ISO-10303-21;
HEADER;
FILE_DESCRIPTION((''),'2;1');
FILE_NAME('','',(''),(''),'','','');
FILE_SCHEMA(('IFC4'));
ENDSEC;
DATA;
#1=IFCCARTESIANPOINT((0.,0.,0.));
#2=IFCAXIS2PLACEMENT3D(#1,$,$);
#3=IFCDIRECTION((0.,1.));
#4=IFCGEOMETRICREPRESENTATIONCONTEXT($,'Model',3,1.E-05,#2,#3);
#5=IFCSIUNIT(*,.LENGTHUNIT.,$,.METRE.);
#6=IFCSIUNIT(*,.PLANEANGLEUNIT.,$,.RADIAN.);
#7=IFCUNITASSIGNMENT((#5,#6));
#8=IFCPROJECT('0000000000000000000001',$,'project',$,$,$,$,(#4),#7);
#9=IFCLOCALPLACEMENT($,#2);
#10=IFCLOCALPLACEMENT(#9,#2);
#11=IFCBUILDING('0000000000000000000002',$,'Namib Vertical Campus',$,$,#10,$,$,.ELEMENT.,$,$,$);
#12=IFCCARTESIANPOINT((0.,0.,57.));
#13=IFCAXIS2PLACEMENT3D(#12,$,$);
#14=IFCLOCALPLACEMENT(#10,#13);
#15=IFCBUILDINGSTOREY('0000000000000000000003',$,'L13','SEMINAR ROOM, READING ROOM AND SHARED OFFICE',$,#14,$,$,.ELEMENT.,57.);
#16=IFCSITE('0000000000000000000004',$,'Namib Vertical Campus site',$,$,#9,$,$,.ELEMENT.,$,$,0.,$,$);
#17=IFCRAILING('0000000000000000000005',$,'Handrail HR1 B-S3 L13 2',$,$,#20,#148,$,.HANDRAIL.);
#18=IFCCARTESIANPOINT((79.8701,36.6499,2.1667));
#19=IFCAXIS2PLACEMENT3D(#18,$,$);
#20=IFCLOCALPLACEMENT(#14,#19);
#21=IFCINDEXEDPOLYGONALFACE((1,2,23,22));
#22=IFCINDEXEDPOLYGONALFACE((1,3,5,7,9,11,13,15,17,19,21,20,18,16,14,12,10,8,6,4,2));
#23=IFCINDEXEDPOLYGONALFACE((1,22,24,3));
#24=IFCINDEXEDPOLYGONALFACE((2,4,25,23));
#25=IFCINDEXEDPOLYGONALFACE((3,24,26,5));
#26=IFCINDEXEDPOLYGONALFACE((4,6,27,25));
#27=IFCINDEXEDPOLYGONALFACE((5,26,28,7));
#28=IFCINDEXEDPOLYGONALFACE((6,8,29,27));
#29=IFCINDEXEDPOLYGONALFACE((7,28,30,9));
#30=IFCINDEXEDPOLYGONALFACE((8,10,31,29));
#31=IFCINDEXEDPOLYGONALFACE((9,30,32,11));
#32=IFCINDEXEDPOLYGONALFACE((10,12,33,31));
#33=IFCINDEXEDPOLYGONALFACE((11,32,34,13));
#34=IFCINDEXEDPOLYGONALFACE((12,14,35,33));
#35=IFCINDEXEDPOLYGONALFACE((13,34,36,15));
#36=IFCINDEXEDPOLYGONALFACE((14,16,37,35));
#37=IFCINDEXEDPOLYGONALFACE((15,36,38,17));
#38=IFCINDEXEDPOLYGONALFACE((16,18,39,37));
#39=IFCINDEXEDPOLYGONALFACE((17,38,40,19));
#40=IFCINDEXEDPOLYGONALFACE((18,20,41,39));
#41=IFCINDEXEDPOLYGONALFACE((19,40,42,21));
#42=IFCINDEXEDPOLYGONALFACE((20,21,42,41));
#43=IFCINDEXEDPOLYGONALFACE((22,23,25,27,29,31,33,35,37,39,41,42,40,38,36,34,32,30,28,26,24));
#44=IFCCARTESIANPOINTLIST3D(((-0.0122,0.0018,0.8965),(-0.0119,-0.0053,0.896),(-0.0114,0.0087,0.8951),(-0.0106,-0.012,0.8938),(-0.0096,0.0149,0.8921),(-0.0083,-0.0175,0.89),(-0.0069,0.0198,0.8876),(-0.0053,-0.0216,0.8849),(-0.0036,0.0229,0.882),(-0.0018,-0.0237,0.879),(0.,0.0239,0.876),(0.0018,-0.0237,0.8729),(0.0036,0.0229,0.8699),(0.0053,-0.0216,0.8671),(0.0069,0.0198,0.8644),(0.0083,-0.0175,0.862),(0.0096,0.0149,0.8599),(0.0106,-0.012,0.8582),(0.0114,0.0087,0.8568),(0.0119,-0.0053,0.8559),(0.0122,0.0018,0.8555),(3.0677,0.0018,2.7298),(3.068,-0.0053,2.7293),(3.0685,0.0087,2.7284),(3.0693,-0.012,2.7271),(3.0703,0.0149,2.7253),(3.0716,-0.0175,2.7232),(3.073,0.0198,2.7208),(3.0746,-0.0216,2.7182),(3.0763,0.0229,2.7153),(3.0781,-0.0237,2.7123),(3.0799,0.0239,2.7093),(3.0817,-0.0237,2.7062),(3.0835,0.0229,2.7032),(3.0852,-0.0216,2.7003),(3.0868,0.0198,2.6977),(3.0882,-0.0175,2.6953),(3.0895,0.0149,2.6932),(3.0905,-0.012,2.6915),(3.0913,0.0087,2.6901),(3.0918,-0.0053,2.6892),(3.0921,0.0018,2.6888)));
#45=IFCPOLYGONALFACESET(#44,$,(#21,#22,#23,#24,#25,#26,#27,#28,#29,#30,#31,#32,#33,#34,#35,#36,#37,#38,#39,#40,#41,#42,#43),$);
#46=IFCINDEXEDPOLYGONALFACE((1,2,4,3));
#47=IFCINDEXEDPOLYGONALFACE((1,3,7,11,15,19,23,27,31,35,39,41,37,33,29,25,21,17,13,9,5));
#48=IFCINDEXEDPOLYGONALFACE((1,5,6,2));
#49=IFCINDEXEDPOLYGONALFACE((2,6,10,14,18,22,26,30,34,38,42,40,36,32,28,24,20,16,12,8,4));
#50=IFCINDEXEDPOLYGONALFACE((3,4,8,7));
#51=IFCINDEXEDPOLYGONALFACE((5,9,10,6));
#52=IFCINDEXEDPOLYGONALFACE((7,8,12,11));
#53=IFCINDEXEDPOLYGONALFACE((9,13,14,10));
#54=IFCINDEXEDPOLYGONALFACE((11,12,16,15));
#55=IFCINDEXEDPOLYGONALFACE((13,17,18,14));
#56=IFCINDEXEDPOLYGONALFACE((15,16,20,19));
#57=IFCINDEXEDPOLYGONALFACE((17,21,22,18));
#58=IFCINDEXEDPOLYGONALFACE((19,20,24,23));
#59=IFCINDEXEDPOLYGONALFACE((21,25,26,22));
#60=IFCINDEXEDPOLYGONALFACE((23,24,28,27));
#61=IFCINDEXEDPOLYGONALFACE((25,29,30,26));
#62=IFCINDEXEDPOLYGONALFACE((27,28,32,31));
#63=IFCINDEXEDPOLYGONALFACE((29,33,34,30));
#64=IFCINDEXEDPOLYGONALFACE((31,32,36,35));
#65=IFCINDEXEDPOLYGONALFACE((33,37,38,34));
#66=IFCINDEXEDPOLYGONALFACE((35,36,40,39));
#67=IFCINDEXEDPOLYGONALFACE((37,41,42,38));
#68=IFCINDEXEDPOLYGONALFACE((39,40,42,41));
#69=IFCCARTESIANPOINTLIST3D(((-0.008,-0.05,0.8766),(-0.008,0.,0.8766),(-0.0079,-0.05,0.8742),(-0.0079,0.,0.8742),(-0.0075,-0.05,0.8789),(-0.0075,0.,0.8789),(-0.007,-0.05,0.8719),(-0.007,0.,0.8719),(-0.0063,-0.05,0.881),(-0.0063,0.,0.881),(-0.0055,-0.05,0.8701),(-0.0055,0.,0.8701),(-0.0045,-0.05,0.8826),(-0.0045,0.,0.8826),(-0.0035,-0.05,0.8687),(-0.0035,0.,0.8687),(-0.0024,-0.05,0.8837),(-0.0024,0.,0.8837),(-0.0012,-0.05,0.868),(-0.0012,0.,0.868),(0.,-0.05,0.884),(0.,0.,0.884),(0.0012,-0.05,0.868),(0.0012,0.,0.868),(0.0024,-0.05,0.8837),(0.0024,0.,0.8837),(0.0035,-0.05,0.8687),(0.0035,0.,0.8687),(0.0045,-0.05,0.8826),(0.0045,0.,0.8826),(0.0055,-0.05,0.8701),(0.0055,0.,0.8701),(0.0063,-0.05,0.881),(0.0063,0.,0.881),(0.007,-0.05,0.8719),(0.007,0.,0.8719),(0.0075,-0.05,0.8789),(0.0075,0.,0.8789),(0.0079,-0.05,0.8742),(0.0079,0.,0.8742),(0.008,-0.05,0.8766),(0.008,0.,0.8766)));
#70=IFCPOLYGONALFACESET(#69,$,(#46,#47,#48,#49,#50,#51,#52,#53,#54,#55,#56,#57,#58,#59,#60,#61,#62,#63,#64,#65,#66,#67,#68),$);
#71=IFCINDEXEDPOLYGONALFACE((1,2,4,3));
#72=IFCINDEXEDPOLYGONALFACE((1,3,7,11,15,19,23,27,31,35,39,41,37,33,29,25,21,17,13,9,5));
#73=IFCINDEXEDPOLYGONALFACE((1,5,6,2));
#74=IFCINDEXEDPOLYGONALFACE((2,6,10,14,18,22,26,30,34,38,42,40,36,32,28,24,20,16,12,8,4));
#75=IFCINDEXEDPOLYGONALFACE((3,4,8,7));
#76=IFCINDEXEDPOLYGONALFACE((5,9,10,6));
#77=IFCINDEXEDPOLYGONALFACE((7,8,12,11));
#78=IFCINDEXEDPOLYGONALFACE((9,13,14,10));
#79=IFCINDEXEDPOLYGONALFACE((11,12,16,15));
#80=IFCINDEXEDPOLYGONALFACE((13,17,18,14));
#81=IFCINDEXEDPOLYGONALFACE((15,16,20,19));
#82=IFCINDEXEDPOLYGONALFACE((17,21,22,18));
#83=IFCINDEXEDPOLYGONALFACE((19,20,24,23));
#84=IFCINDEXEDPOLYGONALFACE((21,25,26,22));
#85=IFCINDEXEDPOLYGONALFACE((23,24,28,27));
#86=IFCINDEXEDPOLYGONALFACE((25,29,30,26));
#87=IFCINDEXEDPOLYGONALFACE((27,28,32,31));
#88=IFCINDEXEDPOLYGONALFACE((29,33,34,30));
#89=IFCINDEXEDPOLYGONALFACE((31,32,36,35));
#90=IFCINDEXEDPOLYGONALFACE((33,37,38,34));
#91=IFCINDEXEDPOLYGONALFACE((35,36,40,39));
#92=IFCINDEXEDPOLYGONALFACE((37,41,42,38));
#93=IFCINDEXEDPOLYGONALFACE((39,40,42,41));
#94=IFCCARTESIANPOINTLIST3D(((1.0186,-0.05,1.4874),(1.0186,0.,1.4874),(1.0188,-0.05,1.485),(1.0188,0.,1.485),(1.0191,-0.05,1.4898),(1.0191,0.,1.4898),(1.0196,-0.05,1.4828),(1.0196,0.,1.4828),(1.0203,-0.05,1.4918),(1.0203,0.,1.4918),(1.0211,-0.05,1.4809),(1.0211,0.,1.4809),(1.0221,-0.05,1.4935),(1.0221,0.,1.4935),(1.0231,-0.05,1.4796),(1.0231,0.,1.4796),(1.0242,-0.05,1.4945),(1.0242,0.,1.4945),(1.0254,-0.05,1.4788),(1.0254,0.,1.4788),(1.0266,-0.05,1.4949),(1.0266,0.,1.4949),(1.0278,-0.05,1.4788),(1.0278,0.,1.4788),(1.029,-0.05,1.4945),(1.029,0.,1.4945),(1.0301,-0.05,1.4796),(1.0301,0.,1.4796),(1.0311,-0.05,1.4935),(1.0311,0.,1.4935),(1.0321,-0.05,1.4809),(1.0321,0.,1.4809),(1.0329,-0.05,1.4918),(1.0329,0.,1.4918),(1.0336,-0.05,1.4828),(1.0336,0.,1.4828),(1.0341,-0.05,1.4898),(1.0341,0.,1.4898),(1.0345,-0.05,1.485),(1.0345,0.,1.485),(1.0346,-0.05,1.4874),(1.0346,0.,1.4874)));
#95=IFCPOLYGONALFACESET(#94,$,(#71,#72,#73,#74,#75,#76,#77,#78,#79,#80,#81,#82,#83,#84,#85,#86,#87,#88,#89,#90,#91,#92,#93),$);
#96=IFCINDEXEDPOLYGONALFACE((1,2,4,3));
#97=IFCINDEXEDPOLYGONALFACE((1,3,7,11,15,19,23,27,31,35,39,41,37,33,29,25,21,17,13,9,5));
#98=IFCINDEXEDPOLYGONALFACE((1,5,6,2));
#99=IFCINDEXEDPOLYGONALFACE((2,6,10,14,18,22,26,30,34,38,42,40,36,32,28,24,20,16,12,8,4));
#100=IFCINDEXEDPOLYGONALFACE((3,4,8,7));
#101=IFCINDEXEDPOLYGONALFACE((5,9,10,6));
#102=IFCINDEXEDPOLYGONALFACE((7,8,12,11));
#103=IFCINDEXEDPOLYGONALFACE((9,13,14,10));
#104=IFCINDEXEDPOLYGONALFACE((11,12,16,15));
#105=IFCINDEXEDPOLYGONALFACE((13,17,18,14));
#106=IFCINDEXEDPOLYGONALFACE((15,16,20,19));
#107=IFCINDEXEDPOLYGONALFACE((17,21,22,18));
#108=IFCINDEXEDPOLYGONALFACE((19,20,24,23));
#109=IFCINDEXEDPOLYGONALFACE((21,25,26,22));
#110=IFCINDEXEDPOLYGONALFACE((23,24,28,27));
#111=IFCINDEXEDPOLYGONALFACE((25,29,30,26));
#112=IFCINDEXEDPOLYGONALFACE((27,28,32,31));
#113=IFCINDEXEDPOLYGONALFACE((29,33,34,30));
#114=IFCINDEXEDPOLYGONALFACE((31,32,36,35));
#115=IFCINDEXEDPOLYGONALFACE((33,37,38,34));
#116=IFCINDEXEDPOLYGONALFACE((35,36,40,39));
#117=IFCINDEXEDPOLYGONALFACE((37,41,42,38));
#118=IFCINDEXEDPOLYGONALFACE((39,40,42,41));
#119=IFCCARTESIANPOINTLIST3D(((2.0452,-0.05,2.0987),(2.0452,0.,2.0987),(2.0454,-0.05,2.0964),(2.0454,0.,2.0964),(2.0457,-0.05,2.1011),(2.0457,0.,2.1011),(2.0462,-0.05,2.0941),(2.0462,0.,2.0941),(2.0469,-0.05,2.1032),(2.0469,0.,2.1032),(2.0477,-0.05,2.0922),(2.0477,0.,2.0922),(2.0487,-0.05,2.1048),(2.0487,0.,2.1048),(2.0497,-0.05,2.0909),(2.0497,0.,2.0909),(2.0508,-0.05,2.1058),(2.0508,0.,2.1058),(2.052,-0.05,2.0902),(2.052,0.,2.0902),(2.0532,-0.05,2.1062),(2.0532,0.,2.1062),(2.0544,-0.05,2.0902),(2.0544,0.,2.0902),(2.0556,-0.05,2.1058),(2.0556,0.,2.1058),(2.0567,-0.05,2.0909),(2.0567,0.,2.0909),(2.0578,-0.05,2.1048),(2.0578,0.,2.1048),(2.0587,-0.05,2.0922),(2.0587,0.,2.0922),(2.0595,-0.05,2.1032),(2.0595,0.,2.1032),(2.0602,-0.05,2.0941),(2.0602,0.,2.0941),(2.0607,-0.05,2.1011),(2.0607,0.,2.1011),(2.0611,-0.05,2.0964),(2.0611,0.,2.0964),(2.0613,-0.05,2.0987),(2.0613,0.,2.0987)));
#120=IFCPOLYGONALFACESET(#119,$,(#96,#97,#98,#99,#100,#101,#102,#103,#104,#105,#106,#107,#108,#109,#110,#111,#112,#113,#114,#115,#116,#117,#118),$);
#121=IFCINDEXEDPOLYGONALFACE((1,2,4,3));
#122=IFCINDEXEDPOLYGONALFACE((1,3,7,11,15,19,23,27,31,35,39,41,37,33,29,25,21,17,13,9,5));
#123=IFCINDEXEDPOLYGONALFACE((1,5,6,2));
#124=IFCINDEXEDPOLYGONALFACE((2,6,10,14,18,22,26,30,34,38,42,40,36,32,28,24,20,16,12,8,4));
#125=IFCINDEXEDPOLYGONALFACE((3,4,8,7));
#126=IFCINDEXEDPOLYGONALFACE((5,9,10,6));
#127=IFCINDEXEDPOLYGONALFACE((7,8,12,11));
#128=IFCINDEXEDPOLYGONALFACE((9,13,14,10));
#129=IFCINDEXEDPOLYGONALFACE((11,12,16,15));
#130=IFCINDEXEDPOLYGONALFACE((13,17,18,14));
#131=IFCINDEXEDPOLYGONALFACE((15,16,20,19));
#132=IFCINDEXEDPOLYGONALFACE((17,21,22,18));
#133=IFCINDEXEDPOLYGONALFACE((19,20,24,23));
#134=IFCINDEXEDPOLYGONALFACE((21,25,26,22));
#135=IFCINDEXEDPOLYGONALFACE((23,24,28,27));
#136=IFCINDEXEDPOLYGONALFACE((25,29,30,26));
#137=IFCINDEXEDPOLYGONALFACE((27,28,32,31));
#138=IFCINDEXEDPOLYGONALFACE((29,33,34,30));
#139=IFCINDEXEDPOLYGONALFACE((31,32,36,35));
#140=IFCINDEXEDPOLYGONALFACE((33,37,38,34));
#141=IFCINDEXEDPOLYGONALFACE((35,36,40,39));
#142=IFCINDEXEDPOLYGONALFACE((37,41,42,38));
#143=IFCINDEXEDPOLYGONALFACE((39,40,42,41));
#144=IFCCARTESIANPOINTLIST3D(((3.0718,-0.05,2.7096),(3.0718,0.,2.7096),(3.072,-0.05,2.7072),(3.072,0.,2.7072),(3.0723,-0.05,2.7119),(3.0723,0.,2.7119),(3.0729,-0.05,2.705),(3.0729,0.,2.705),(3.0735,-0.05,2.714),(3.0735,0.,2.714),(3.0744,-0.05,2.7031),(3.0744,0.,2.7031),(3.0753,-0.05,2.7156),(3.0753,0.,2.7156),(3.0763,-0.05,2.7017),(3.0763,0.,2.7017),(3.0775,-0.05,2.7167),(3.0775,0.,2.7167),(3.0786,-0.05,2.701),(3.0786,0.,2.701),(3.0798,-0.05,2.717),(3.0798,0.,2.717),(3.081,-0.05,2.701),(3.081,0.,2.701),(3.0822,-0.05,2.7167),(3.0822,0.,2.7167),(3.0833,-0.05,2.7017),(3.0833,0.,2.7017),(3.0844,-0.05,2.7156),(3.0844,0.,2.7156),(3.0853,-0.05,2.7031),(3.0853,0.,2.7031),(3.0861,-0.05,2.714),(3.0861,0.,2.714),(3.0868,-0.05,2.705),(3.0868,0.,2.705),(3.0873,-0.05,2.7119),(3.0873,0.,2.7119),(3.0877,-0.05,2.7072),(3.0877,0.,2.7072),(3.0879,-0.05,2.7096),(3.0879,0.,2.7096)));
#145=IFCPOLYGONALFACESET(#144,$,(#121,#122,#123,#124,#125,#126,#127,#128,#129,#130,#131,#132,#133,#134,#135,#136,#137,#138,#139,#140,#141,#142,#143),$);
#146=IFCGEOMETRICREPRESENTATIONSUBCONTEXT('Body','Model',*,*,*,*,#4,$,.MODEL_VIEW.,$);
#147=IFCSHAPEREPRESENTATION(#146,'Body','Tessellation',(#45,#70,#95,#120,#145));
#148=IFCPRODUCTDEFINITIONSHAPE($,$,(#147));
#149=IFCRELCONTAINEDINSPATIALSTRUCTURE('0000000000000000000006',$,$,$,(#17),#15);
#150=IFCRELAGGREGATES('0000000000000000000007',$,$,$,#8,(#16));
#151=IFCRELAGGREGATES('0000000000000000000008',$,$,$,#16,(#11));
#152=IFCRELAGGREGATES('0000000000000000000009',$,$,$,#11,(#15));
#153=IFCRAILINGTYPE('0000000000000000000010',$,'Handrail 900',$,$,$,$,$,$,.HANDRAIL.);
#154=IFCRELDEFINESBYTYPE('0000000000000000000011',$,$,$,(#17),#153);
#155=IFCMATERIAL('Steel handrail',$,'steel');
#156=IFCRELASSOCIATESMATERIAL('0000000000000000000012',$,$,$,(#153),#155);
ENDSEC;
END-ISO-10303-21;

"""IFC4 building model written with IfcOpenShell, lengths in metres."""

from ifc_helpers import new_model, si_unit, direction, frame, origin, origin_2d, place, context, subcontext, project, spatial, circle, extrude, material, type_object, element, save


model = new_model("IFC4")

# Units and contexts
model_context = context("Model", 3, precision=1e-05, world=origin(), true_north=direction((0.0, 1.0)))
body_context = subcontext(model_context, "Body", "Model", "MODEL_VIEW")
ifc_project = project(units=[si_unit("LENGTHUNIT", "METRE"), si_unit("PLANEANGLEUNIT", "RADIAN")], contexts=[model_context])

# Site, building, storey
site_placement = place(None, origin())
site = spatial("IfcSite", under=ifc_project, at=site_placement, Name="Namib Vertical Campus site", CompositionType="ELEMENT", RefElevation=0.0)
building_placement = place(site_placement, origin())
building = spatial("IfcBuilding", under=site, at=building_placement, Name="Namib Vertical Campus", CompositionType="ELEMENT")
storey_placement = place(building_placement, frame((0.0, 0.0, 57.0)))
storey = spatial("IfcBuildingStorey", under=building, at=storey_placement, Name="L13", Description="SEMINAR ROOM, READING ROOM AND SHARED OFFICE", CompositionType="ELEMENT", Elevation=57.0)

# Railing
ifc_material_1 = material(Name="Steel handrail", Category="steel")
railing_type = type_object("IfcRailingType", Name="Handrail 900", PredefinedType="HANDRAIL", material=ifc_material_1)
railing_placement = place(storey_placement, frame((79.8701, 36.6499, 2.1667)))
element("IfcRailing", 1, at=railing_placement, inside=storey, type_object=railing_type, Name="Handrail HR1 B-S3 L13 2", PredefinedType="HANDRAIL", context=body_context, shape_type="SweptSolid", body=[
    extrude(circle(Radius=0.0239, at=origin_2d()), frame((0.0, 0.0, 0.876), z_axis=(0.859291, 0.0, 0.511487), x_axis=(0.0, 1.0, 0.0)), (0.0, 0.0, 1.0), 3.5842),
    extrude(circle(Radius=0.0081, at=origin_2d()), frame((0.0, 0.0, 0.876), z_axis=(0.0, -1.0, 0.0), x_axis=(0.0, 0.0, 1.0)), (0.0, 0.0, 1.0), 0.05),
    extrude(circle(Radius=0.0081, at=origin_2d()), frame((1.0266, 0.0, 1.4868), z_axis=(0.0, -1.0, 0.0), x_axis=(0.0, 0.0, 1.0)), (0.0, 0.0, 1.0), 0.05),
    extrude(circle(Radius=0.0081, at=origin_2d()), frame((2.0532, 0.0, 2.0981), z_axis=(0.0, -1.0, 0.0), x_axis=(0.0, 0.0, 1.0)), (0.0, 0.0, 1.0), 0.05),
    extrude(circle(Radius=0.0081, at=origin_2d()), frame((3.0798, 0.0, 2.709), z_axis=(0.0, -1.0, 0.0), x_axis=(0.0, 0.0, 1.0)), (0.0, 0.0, 1.0), 0.05),
])

save(model, "model.ifc")
